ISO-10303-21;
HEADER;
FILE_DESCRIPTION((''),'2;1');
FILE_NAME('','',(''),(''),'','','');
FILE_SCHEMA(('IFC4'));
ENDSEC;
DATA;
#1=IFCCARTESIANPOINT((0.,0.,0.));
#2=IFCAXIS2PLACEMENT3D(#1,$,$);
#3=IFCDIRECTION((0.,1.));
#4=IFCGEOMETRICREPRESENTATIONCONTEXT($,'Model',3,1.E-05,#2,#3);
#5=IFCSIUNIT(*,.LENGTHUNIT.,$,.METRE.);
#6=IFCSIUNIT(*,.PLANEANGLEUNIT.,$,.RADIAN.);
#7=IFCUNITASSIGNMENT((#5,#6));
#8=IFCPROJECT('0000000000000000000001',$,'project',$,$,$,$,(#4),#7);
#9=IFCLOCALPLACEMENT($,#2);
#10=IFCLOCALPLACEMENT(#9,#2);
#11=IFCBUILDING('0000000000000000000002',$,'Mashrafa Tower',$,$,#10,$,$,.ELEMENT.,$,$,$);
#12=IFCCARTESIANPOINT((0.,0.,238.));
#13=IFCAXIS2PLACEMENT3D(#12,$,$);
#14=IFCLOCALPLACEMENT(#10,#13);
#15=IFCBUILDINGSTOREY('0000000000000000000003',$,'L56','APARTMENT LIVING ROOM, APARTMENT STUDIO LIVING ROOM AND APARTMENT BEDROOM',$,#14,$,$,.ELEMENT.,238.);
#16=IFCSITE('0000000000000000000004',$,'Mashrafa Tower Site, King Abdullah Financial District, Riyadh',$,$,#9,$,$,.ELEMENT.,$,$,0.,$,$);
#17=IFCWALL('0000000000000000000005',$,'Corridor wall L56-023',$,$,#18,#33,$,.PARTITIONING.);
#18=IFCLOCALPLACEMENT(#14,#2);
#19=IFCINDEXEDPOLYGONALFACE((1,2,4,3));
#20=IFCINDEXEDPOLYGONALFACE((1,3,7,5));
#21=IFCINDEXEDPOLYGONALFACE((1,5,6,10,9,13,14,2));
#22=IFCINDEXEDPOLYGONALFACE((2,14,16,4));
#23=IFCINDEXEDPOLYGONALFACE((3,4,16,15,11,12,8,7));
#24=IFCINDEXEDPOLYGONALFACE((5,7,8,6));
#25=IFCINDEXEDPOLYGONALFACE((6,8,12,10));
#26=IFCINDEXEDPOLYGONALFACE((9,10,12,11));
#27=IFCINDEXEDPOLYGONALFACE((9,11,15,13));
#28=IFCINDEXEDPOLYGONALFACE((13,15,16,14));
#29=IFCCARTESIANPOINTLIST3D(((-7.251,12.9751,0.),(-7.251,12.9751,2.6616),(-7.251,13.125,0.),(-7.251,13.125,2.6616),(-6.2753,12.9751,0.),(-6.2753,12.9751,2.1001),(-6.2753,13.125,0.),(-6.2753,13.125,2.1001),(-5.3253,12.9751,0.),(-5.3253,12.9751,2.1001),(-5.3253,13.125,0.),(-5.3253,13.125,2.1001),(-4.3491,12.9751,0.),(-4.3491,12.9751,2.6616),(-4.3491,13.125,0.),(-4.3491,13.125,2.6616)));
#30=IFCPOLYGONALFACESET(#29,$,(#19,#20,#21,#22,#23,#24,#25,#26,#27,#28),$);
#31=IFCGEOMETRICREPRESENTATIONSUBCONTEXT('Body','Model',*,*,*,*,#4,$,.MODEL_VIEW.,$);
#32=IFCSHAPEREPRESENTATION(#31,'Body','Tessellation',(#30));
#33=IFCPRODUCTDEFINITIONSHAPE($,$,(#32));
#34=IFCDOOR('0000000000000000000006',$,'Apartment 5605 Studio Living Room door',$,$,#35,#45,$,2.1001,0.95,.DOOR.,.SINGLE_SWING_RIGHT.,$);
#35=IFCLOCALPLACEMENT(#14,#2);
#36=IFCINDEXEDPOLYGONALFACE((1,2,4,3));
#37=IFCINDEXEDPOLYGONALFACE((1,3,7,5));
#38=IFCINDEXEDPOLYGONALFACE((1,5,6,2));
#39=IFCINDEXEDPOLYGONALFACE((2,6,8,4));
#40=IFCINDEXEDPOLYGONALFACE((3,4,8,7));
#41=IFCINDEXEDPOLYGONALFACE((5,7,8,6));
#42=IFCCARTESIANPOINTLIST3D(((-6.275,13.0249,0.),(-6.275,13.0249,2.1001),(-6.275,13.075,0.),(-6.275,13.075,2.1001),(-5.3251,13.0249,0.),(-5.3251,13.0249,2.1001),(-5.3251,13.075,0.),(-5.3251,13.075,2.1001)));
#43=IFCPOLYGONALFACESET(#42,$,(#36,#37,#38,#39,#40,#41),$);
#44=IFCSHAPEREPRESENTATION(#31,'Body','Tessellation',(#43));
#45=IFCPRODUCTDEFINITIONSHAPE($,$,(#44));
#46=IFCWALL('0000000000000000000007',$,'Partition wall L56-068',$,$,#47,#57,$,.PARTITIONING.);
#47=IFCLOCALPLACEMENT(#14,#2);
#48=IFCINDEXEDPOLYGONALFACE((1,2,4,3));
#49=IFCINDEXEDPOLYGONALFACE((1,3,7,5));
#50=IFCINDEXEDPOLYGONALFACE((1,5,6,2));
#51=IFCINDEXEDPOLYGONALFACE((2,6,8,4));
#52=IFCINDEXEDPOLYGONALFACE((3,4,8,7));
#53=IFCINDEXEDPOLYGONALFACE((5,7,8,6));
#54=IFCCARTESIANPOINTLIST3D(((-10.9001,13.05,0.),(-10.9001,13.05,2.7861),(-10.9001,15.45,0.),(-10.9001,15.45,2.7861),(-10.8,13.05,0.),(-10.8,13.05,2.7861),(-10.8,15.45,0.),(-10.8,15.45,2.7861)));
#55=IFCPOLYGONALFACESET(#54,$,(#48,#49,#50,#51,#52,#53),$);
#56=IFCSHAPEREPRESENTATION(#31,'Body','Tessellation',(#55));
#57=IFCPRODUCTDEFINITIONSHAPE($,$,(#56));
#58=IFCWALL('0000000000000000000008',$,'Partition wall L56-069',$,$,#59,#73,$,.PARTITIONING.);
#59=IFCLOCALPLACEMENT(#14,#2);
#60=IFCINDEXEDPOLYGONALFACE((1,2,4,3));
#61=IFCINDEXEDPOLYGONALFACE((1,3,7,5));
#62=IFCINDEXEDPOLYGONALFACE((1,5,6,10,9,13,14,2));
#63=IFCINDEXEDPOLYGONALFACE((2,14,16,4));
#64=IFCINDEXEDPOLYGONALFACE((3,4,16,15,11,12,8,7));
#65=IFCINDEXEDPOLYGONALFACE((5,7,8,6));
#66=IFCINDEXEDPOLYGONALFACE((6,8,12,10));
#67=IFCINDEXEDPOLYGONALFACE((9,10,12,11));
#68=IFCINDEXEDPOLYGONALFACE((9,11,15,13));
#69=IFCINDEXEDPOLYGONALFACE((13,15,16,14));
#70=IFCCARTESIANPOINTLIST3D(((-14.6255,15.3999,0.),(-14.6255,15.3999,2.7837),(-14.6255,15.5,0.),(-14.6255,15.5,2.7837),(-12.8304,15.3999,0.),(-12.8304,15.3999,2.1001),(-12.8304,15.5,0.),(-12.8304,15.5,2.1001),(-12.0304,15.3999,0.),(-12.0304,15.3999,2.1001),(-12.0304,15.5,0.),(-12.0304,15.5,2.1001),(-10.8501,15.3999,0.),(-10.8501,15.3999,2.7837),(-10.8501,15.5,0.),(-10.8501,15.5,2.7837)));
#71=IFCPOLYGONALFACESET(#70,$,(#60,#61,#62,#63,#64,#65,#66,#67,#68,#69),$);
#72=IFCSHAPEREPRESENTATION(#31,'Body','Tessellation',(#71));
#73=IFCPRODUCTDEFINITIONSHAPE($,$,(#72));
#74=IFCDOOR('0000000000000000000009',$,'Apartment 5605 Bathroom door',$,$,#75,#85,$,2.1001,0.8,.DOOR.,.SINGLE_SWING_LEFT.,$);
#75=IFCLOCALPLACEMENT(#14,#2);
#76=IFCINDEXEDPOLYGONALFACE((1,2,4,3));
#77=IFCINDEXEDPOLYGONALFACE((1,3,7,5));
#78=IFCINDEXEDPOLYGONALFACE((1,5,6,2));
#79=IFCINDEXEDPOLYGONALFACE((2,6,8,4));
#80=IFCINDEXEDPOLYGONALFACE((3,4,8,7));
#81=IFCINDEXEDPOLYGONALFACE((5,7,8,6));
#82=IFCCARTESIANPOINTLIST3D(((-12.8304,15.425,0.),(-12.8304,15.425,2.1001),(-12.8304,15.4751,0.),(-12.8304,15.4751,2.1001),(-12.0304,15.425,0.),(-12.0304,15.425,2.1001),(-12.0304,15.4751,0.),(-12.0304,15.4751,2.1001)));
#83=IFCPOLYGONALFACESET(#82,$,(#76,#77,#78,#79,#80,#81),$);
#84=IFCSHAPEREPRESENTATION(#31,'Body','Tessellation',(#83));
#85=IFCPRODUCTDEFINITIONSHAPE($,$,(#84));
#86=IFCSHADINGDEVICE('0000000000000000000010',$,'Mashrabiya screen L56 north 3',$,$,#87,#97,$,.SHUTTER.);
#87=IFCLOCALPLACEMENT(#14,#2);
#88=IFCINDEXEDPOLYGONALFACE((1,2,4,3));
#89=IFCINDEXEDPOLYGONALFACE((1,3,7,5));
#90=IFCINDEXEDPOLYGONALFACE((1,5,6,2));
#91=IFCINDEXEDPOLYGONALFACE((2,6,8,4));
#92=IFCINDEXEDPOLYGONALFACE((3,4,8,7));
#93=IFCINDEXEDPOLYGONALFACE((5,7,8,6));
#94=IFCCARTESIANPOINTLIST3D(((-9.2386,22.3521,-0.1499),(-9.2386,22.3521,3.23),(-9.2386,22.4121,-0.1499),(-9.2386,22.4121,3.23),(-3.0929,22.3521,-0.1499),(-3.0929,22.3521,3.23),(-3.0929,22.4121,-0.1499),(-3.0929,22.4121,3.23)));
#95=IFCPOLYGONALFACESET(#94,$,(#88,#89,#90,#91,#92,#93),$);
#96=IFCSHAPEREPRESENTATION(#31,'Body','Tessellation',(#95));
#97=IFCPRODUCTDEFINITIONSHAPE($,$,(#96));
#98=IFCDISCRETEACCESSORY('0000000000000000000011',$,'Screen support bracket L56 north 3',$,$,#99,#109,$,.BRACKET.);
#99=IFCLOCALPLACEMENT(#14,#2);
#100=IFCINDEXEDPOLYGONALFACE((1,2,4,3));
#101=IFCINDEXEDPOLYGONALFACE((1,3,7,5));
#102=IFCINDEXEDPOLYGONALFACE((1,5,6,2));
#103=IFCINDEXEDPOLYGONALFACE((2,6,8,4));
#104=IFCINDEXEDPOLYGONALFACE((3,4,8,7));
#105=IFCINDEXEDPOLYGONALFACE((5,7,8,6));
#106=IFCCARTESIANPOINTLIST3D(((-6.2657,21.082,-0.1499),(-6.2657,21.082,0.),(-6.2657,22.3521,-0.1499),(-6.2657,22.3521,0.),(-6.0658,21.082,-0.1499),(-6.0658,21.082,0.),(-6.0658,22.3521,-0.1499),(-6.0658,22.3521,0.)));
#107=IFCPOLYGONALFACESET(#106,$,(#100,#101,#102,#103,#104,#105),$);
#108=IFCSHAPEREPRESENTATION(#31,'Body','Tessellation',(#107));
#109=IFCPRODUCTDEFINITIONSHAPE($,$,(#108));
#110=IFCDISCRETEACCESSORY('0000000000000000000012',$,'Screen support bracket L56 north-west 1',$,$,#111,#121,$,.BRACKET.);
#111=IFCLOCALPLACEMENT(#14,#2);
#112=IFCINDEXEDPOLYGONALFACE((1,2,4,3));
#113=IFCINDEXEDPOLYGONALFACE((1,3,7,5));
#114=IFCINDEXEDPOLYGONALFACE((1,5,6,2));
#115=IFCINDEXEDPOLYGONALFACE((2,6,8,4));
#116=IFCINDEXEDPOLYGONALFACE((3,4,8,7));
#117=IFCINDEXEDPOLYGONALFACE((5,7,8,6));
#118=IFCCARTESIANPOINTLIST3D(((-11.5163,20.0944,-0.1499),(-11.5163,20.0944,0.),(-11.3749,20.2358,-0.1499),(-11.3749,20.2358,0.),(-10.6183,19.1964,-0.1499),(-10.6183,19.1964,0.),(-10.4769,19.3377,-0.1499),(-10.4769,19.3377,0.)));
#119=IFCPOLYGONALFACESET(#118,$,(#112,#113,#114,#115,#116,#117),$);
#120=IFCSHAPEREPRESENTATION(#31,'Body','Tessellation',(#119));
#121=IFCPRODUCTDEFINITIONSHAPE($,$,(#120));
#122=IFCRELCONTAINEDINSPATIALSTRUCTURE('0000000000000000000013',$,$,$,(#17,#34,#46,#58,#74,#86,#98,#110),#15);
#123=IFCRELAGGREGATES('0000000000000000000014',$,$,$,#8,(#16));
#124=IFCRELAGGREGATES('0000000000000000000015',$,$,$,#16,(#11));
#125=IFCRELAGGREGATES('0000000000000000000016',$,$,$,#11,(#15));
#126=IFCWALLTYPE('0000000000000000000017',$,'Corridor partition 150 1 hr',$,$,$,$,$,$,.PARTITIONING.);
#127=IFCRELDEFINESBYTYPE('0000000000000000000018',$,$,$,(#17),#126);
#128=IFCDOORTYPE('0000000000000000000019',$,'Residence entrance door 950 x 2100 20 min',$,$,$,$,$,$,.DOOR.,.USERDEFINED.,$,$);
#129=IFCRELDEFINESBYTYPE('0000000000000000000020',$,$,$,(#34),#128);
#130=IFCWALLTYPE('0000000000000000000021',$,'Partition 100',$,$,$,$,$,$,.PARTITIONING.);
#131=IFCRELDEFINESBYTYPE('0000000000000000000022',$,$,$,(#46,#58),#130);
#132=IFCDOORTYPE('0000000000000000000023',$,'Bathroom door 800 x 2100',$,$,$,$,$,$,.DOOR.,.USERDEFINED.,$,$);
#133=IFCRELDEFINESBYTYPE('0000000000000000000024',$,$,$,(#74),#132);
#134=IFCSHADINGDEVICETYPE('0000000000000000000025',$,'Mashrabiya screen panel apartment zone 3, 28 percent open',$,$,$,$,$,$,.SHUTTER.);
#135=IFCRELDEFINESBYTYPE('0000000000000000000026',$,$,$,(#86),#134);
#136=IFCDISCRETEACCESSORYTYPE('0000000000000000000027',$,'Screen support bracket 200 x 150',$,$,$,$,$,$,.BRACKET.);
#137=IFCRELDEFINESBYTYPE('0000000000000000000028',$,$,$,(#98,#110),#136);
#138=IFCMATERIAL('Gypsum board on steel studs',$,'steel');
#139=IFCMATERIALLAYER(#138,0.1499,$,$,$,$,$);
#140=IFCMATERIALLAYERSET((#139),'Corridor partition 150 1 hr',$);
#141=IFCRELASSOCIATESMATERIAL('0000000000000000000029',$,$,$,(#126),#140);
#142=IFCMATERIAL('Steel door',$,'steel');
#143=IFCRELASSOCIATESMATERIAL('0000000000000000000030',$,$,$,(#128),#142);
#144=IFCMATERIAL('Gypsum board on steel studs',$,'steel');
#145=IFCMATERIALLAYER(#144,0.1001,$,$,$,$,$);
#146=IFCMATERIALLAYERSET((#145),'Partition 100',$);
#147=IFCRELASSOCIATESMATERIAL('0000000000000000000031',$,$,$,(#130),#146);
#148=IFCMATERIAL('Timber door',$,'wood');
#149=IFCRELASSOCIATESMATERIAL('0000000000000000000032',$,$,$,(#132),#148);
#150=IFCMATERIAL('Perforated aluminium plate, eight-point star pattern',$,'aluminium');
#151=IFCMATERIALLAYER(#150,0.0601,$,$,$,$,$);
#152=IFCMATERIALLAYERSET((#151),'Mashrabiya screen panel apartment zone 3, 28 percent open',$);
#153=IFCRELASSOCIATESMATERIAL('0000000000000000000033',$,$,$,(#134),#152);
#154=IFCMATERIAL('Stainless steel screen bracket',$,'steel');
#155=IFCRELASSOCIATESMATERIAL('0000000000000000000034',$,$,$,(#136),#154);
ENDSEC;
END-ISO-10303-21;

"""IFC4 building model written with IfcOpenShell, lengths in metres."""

from ifc_helpers import new_model, si_unit, direction, frame, frame_2d, origin, origin_2d, place, context, subcontext, project, spatial, rectangle, extrude, source, transform, mapped, material, layer, layer_set, type_object, type_shapes, element, fill, save


model = new_model("IFC4")

# Units and contexts
model_context = context("Model", 3, precision=1e-05, world=origin(), true_north=direction((0.0, 1.0)))
body_context = subcontext(model_context, "Body", "Model", "MODEL_VIEW")
ifc_project = project(units=[si_unit("LENGTHUNIT", "METRE"), si_unit("PLANEANGLEUNIT", "RADIAN")], contexts=[model_context])

# Site, building, storey
site_placement = place(None, origin())
site = spatial("IfcSite", under=ifc_project, at=site_placement, Name="Mashrafa Tower Site, King Abdullah Financial District, Riyadh", CompositionType="ELEMENT", RefElevation=0.0)
building_placement = place(site_placement, origin())
building = spatial("IfcBuilding", under=site, at=building_placement, Name="Mashrafa Tower", CompositionType="ELEMENT")
storey_placement = place(building_placement, frame((0.0, 0.0, 238.0)))
storey = spatial("IfcBuildingStorey", under=building, at=storey_placement, Name="L56", Description="APARTMENT LIVING ROOM, APARTMENT STUDIO LIVING ROOM AND APARTMENT BEDROOM", CompositionType="ELEMENT", Elevation=238.0)

# Shared definitions
ifc_material_1 = material(Name="Gypsum board on steel studs", Category="steel")
ifc_layer_1 = layer(ifc_material_1, 0.1499)
ifc_layer_set_1 = layer_set([ifc_layer_1], Name="Corridor partition 150 1 hr")
wall_type_1 = type_object("IfcWallType", Name="Corridor partition 150 1 hr", PredefinedType="PARTITIONING", material=ifc_layer_set_1)
ifc_material_2 = material(Name="Steel door", Category="steel")
door_type_1 = type_object("IfcDoorType", Name="Residence entrance door 950 x 2100 20 min", OperationType="USERDEFINED", PredefinedType="DOOR", material=ifc_material_2)

# Wall, opening, door
wall_1_placement = place(storey_placement, frame((-4.3491, 13.05, 0.0), z_axis=(0.0, 0.0, 1.0), x_axis=(-1.0, 0.0, 0.0)))
wall_1 = element("IfcWall", 1, at=wall_1_placement, inside=storey, type_object=wall_type_1, Name="Corridor wall L56-023", PredefinedType="PARTITIONING", context=body_context, shape_type="SweptSolid", body=[
    extrude(rectangle(XDim=2.9019, YDim=0.1499, at=frame_2d((1.4509, 0.0))), origin(), (0.0, 0.0, 1.0), 2.6616),
])
opening_1_placement = place(wall_1_placement, frame((0.9761, 0.0, 0.0)))
opening_1 = element("IfcOpeningElement", 2, at=opening_1_placement, cuts=wall_1, PredefinedType="OPENING", context=body_context, shape_type="SweptSolid", body=[
    extrude(rectangle(XDim=0.95, YDim=2.1001, at=frame_2d((0.4751, 1.05))), frame((0.0, 0.085, 0.0), z_axis=(0.0, -1.0, 0.0), x_axis=(1.0, 0.0, 0.0)), (0.0, 0.0, 1.0), 0.1699),
])
door_1_placement = place(opening_1_placement, frame((0.95, 0.0, 0.0), z_axis=(0.0, 0.0, 1.0), x_axis=(-1.0, 0.0, 0.0)))
door_1 = element("IfcDoor", 3, at=door_1_placement, inside=storey, type_object=door_type_1, Name="Apartment 5605 Studio Living Room door", OperationType="SINGLE_SWING_RIGHT", OverallHeight=2.1001, OverallWidth=0.95, PredefinedType="DOOR", context=body_context, shape_type="SweptSolid", body=[
    extrude(rectangle(XDim=0.95, YDim=2.1001, at=frame_2d((0.4751, 1.05))), frame((0.0, 0.0249, 0.0), z_axis=(0.0, -1.0, 0.0), x_axis=(1.0, 0.0, 0.0)), (0.0, 0.0, 1.0), 0.05),
])
fill(opening_1, door_1)

# Wall
ifc_material_3 = material(Name="Gypsum board on steel studs", Category="steel")
ifc_layer_2 = layer(ifc_material_3, 0.1001)
ifc_layer_set_2 = layer_set([ifc_layer_2], Name="Partition 100")
wall_type_2 = type_object("IfcWallType", Name="Partition 100", PredefinedType="PARTITIONING", material=ifc_layer_set_2)
wall_2_placement = place(storey_placement, frame((-10.8501, 13.05, 0.0), z_axis=(0.0, 0.0, 1.0), x_axis=(0.0, 1.0, 0.0)))
element("IfcWall", 4, at=wall_2_placement, inside=storey, type_object=wall_type_2, Name="Partition wall L56-068", PredefinedType="PARTITIONING", context=body_context, shape_type="SweptSolid", body=[
    extrude(rectangle(XDim=2.3999, YDim=0.1001, at=frame_2d((1.2, 0.0))), origin(), (0.0, 0.0, 1.0), 2.7861),
])

# Wall, opening, door
wall_3_placement = place(storey_placement, frame((-10.8501, 15.45, 0.0), z_axis=(0.0, 0.0, 1.0), x_axis=(-1.0, 0.0, 0.0)))
wall_3 = element("IfcWall", 5, at=wall_3_placement, inside=storey, type_object=wall_type_2, Name="Partition wall L56-069", PredefinedType="PARTITIONING", context=body_context, shape_type="SweptSolid", body=[
    extrude(rectangle(XDim=3.7754, YDim=0.1001, at=frame_2d((1.8877, 0.0))), origin(), (0.0, 0.0, 1.0), 2.7837),
])
opening_2_placement = place(wall_3_placement, frame((1.1804, 0.0, 0.0)))
opening_2 = element("IfcOpeningElement", 6, at=opening_2_placement, cuts=wall_3, PredefinedType="OPENING", context=body_context, shape_type="SweptSolid", body=[
    extrude(rectangle(XDim=0.8, YDim=2.1001, at=frame_2d((0.3999, 1.05))), frame((0.0, 0.0601, 0.0), z_axis=(0.0, -1.0, 0.0), x_axis=(1.0, 0.0, 0.0)), (0.0, 0.0, 1.0), 0.1201),
])
ifc_material_4 = material(Name="Timber door", Category="wood")
door_type_2 = type_object("IfcDoorType", Name="Bathroom door 800 x 2100", OperationType="USERDEFINED", PredefinedType="DOOR", material=ifc_material_4)
door_2_placement = place(opening_2_placement, origin())
door_2 = element("IfcDoor", 7, at=door_2_placement, inside=storey, type_object=door_type_2, Name="Apartment 5605 Bathroom door", OperationType="SINGLE_SWING_LEFT", OverallHeight=2.1001, OverallWidth=0.8, PredefinedType="DOOR", context=body_context, shape_type="SweptSolid", body=[
    extrude(rectangle(XDim=0.8, YDim=2.1001, at=frame_2d((0.3999, 1.05))), frame((0.0, 0.0249, 0.0), z_axis=(0.0, -1.0, 0.0), x_axis=(1.0, 0.0, 0.0)), (0.0, 0.0, 1.0), 0.05),
])
fill(opening_2, door_2)

# Shading device
ifc_material_5 = material(Name="Perforated aluminium plate, eight-point star pattern", Category="aluminium")
ifc_layer_3 = layer(ifc_material_5, 0.0601)
ifc_layer_set_3 = layer_set([ifc_layer_3], Name="Mashrabiya screen panel apartment zone 3, 28 percent open")
shading_device_type = type_object("IfcShadingDeviceType", Name="Mashrabiya screen panel apartment zone 3, 28 percent open", PredefinedType="SHUTTER", material=ifc_layer_set_3)
shared_shape_1 = source(origin(), body_context, "Body", "SweptSolid", [
    extrude(rectangle(XDim=6.1458, YDim=0.0601, at=origin_2d()), origin(), (0.0, 0.0, 1.0), 3.3799),
])
type_shapes(shading_device_type, [shared_shape_1])
shading_device_placement = place(storey_placement, frame((-6.1658, 22.3821, -0.1499), z_axis=(0.0, 0.0, 1.0), x_axis=(-1.0, 0.0, 0.0)))
element("IfcShadingDevice", 8, at=shading_device_placement, inside=storey, type_object=shading_device_type, Name="Mashrabiya screen L56 north 3", PredefinedType="SHUTTER", context=body_context, shape_type="MappedRepresentation", body=[
    mapped(shared_shape_1, transform((0.0, 0.0, 0.0))),
])

# Discrete accessories
ifc_material_6 = material(Name="Stainless steel screen bracket", Category="steel")
discrete_accessory_type = type_object("IfcDiscreteAccessoryType", Name="Screen support bracket 200 x 150", PredefinedType="BRACKET", material=ifc_material_6)
shared_shape_2 = source(origin(), body_context, "Body", "SweptSolid", [
    extrude(rectangle(XDim=0.2, YDim=1.27, at=origin_2d()), origin(), (0.0, 0.0, 1.0), 0.1499),
])
type_shapes(discrete_accessory_type, [shared_shape_2])
for number, where, z_axis, x_axis, name in (
    (9, (-6.1658, 21.717, -0.1499), (0.0, 0.0, 1.0), (-1.0, 0.0, 0.0), "Screen support bracket L56 north 3"),
    (10, (-10.9966, 19.7161, -0.1499), (0.0, 0.0, 1.0), (-0.707107, -0.707107, 0.0), "Screen support bracket L56 north-west 1"),
):
    element("IfcDiscreteAccessory", number, at=place(storey_placement, frame(where, z_axis=z_axis, x_axis=x_axis)), inside=storey, type_object=discrete_accessory_type, Name=name, PredefinedType="BRACKET", context=body_context, shape_type="MappedRepresentation", body=[
        mapped(shared_shape_2, transform((0.0, 0.0, 0.0))),
    ])

save(model, "model.ifc")
